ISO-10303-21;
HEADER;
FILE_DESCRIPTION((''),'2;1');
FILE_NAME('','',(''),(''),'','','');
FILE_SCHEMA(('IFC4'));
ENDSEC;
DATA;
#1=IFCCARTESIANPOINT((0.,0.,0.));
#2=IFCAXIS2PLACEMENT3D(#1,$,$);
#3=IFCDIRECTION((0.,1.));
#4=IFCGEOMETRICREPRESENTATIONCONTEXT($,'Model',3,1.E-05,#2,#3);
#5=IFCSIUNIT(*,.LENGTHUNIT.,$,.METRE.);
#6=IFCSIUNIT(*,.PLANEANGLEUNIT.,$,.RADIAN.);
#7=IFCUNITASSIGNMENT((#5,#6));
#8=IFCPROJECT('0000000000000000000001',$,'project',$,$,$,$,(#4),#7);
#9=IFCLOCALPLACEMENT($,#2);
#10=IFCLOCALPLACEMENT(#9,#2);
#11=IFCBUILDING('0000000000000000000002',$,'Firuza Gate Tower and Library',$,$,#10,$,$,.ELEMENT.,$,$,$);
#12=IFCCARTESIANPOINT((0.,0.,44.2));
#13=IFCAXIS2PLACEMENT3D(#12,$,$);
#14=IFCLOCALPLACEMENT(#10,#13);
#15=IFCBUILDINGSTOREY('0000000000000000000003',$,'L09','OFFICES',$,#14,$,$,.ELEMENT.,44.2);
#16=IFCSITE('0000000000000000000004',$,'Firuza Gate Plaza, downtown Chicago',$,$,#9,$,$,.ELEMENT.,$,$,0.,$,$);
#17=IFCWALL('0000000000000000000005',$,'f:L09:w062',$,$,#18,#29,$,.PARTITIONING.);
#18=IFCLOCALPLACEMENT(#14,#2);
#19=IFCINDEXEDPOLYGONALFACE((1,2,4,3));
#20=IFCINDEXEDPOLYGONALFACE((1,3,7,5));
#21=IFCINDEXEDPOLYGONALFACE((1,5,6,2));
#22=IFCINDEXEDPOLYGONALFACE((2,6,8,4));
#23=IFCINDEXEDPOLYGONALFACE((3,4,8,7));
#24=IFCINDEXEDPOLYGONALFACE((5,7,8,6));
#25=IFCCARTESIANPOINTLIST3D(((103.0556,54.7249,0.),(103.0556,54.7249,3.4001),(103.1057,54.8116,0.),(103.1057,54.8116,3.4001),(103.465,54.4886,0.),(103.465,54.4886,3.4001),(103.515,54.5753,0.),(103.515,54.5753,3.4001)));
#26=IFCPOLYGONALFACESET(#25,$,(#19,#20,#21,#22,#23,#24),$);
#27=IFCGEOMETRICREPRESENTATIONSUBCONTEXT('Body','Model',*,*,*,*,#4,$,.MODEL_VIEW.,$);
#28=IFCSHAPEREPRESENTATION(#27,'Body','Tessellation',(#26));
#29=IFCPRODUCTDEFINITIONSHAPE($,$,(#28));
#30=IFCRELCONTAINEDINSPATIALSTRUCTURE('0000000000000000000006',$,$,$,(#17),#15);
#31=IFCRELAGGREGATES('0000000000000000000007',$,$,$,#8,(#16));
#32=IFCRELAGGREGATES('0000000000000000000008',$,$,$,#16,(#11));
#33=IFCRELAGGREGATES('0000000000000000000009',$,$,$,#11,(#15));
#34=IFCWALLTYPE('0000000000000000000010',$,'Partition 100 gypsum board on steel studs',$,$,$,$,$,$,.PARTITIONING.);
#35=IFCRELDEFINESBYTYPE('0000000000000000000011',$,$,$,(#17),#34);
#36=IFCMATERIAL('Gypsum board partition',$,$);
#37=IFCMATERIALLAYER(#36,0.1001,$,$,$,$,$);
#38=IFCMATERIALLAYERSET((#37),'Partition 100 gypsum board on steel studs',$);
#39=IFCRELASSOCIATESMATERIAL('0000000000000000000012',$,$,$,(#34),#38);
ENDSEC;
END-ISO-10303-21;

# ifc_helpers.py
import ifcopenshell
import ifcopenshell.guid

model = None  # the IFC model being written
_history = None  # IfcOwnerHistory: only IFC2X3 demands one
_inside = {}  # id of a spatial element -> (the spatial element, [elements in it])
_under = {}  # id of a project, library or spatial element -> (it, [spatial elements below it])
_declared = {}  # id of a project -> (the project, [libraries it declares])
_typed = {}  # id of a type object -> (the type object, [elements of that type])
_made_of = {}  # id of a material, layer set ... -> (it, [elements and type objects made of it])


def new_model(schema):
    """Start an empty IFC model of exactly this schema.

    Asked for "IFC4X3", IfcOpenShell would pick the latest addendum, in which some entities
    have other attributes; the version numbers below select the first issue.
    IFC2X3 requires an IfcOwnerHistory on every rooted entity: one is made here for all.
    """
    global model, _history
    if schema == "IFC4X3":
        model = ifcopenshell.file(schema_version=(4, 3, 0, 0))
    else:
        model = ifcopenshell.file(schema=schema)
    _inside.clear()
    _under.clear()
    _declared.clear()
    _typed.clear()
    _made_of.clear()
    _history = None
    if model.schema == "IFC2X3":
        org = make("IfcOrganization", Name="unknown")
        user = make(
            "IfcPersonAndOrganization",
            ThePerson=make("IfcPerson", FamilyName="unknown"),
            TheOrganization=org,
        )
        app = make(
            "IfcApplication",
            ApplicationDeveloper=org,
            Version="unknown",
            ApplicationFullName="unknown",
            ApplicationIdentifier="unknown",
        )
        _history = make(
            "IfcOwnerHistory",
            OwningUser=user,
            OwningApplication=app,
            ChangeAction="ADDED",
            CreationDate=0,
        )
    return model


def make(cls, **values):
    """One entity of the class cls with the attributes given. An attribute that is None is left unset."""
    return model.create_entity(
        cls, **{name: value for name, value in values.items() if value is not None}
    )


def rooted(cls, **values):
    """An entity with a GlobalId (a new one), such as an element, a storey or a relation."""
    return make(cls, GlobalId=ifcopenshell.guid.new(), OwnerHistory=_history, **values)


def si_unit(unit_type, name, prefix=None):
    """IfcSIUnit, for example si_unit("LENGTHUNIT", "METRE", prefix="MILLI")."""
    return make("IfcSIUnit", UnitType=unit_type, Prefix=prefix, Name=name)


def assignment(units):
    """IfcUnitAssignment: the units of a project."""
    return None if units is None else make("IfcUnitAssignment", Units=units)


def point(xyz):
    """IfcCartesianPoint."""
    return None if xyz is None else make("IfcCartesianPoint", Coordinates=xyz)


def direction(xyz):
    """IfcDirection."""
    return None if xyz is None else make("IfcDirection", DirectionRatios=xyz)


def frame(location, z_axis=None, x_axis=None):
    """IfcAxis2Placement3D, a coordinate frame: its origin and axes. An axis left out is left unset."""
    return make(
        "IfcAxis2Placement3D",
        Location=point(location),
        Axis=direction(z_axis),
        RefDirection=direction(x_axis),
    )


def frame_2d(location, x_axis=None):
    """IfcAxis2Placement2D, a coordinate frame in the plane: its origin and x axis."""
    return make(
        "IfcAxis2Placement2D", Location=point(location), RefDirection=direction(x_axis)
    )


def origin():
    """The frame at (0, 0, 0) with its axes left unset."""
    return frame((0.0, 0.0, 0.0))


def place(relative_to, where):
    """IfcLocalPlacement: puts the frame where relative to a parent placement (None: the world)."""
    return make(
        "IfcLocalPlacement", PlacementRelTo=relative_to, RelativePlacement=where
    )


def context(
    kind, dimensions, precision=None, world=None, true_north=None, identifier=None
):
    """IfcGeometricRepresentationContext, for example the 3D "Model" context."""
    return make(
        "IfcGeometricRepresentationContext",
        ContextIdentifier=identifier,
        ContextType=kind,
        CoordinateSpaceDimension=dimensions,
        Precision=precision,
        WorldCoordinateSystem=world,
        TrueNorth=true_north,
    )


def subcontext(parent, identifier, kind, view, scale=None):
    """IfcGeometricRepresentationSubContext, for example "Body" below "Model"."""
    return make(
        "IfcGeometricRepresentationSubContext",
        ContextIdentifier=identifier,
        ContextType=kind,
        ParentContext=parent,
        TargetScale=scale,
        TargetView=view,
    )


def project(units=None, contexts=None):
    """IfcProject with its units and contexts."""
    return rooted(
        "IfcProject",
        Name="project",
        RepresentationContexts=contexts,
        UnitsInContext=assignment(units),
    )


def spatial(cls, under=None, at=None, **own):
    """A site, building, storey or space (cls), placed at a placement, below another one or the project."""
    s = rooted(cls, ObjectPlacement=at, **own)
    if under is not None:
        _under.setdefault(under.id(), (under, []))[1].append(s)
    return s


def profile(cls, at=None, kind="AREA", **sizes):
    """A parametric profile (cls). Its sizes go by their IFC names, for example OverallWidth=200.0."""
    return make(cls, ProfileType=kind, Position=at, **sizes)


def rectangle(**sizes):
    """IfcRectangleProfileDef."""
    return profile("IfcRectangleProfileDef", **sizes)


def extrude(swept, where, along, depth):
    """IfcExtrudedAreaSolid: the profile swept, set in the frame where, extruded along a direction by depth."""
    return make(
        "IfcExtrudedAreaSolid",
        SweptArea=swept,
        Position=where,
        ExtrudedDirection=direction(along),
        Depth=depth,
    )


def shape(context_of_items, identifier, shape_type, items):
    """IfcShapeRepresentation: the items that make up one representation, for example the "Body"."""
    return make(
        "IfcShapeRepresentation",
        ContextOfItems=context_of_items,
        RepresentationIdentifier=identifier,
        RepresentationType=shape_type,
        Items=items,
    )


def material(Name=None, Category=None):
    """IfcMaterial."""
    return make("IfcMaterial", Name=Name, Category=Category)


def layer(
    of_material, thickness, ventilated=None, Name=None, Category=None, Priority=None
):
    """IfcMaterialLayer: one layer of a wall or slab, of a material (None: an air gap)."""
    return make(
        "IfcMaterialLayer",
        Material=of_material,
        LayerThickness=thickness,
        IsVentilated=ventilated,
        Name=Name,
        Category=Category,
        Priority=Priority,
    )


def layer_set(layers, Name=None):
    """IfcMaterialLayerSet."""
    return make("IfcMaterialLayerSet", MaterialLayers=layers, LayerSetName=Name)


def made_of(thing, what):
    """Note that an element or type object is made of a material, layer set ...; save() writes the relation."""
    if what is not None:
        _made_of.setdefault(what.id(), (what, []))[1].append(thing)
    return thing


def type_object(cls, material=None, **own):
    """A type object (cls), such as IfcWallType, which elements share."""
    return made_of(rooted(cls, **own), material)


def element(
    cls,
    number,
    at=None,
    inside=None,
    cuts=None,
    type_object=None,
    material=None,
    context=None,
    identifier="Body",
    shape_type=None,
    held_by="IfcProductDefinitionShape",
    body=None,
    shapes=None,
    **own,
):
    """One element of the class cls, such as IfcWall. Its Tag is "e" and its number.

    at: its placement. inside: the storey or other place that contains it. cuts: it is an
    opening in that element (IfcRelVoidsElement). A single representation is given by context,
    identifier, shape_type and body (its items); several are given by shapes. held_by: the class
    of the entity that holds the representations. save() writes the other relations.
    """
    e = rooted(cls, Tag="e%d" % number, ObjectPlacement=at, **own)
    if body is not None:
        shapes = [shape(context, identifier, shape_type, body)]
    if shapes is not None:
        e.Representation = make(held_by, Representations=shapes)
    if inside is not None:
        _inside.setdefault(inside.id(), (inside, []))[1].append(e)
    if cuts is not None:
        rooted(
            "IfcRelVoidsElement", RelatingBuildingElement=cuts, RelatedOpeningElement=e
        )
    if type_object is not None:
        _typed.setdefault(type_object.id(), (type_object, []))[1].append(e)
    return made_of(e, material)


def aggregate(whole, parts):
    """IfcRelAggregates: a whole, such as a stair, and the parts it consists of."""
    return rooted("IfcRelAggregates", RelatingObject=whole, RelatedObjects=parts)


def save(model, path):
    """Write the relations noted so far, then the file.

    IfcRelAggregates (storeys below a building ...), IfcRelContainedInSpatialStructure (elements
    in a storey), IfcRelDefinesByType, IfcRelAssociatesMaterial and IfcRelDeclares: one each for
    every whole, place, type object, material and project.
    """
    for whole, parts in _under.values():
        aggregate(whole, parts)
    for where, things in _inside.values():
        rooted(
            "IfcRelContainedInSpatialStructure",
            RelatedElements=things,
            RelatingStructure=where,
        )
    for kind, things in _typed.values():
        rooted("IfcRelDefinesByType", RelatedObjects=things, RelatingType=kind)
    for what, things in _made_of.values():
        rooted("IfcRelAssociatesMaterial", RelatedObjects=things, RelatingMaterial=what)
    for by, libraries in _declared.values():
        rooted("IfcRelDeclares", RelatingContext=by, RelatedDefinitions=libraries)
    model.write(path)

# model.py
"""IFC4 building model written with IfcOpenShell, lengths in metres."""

from ifc_helpers import new_model, si_unit, direction, frame, frame_2d, origin, place, context, subcontext, project, spatial, rectangle, extrude, material, layer, layer_set, type_object, element, save


model = new_model("IFC4")

# Units and contexts
model_context = context("Model", 3, precision=1e-05, world=origin(), true_north=direction((0.0, 1.0)))
body_context = subcontext(model_context, "Body", "Model", "MODEL_VIEW")
ifc_project = project(units=[si_unit("LENGTHUNIT", "METRE"), si_unit("PLANEANGLEUNIT", "RADIAN")], contexts=[model_context])

# Site, building, storey
site_placement = place(None, origin())
site = spatial("IfcSite", under=ifc_project, at=site_placement, Name="Firuza Gate Plaza, downtown Chicago", CompositionType="ELEMENT", RefElevation=0.0)
building_placement = place(site_placement, origin())
building = spatial("IfcBuilding", under=site, at=building_placement, Name="Firuza Gate Tower and Library", CompositionType="ELEMENT")
storey_placement = place(building_placement, frame((0.0, 0.0, 44.2)))
storey = spatial("IfcBuildingStorey", under=building, at=storey_placement, Name="L09", Description="OFFICES", CompositionType="ELEMENT", Elevation=44.2)

# Wall
ifc_material_1 = material(Name="Gypsum board partition")
ifc_layer_1 = layer(ifc_material_1, 0.1001)
ifc_layer_set_1 = layer_set([ifc_layer_1], Name="Partition 100 gypsum board on steel studs")
wall_type_1 = type_object("IfcWallType", Name="Partition 100 gypsum board on steel studs", PredefinedType="PARTITIONING", material=ifc_layer_set_1)
wall_1_placement = place(storey_placement, frame((103.49, 54.532, 0.0), z_axis=(0.0, 0.0, 1.0), x_axis=(-0.866074, 0.499916, 0.0)))
element("IfcWall", 1, at=wall_1_placement, inside=storey, type_object=wall_type_1, Name="f:L09:w062", PredefinedType="PARTITIONING", context=body_context, shape_type="SweptSolid", body=[
    extrude(rectangle(XDim=0.4727, YDim=0.1001, at=frame_2d((0.2363, 0.0))), origin(), (0.0, 0.0, 1.0), 3.4001),
])

save(model, "model.ifc")
